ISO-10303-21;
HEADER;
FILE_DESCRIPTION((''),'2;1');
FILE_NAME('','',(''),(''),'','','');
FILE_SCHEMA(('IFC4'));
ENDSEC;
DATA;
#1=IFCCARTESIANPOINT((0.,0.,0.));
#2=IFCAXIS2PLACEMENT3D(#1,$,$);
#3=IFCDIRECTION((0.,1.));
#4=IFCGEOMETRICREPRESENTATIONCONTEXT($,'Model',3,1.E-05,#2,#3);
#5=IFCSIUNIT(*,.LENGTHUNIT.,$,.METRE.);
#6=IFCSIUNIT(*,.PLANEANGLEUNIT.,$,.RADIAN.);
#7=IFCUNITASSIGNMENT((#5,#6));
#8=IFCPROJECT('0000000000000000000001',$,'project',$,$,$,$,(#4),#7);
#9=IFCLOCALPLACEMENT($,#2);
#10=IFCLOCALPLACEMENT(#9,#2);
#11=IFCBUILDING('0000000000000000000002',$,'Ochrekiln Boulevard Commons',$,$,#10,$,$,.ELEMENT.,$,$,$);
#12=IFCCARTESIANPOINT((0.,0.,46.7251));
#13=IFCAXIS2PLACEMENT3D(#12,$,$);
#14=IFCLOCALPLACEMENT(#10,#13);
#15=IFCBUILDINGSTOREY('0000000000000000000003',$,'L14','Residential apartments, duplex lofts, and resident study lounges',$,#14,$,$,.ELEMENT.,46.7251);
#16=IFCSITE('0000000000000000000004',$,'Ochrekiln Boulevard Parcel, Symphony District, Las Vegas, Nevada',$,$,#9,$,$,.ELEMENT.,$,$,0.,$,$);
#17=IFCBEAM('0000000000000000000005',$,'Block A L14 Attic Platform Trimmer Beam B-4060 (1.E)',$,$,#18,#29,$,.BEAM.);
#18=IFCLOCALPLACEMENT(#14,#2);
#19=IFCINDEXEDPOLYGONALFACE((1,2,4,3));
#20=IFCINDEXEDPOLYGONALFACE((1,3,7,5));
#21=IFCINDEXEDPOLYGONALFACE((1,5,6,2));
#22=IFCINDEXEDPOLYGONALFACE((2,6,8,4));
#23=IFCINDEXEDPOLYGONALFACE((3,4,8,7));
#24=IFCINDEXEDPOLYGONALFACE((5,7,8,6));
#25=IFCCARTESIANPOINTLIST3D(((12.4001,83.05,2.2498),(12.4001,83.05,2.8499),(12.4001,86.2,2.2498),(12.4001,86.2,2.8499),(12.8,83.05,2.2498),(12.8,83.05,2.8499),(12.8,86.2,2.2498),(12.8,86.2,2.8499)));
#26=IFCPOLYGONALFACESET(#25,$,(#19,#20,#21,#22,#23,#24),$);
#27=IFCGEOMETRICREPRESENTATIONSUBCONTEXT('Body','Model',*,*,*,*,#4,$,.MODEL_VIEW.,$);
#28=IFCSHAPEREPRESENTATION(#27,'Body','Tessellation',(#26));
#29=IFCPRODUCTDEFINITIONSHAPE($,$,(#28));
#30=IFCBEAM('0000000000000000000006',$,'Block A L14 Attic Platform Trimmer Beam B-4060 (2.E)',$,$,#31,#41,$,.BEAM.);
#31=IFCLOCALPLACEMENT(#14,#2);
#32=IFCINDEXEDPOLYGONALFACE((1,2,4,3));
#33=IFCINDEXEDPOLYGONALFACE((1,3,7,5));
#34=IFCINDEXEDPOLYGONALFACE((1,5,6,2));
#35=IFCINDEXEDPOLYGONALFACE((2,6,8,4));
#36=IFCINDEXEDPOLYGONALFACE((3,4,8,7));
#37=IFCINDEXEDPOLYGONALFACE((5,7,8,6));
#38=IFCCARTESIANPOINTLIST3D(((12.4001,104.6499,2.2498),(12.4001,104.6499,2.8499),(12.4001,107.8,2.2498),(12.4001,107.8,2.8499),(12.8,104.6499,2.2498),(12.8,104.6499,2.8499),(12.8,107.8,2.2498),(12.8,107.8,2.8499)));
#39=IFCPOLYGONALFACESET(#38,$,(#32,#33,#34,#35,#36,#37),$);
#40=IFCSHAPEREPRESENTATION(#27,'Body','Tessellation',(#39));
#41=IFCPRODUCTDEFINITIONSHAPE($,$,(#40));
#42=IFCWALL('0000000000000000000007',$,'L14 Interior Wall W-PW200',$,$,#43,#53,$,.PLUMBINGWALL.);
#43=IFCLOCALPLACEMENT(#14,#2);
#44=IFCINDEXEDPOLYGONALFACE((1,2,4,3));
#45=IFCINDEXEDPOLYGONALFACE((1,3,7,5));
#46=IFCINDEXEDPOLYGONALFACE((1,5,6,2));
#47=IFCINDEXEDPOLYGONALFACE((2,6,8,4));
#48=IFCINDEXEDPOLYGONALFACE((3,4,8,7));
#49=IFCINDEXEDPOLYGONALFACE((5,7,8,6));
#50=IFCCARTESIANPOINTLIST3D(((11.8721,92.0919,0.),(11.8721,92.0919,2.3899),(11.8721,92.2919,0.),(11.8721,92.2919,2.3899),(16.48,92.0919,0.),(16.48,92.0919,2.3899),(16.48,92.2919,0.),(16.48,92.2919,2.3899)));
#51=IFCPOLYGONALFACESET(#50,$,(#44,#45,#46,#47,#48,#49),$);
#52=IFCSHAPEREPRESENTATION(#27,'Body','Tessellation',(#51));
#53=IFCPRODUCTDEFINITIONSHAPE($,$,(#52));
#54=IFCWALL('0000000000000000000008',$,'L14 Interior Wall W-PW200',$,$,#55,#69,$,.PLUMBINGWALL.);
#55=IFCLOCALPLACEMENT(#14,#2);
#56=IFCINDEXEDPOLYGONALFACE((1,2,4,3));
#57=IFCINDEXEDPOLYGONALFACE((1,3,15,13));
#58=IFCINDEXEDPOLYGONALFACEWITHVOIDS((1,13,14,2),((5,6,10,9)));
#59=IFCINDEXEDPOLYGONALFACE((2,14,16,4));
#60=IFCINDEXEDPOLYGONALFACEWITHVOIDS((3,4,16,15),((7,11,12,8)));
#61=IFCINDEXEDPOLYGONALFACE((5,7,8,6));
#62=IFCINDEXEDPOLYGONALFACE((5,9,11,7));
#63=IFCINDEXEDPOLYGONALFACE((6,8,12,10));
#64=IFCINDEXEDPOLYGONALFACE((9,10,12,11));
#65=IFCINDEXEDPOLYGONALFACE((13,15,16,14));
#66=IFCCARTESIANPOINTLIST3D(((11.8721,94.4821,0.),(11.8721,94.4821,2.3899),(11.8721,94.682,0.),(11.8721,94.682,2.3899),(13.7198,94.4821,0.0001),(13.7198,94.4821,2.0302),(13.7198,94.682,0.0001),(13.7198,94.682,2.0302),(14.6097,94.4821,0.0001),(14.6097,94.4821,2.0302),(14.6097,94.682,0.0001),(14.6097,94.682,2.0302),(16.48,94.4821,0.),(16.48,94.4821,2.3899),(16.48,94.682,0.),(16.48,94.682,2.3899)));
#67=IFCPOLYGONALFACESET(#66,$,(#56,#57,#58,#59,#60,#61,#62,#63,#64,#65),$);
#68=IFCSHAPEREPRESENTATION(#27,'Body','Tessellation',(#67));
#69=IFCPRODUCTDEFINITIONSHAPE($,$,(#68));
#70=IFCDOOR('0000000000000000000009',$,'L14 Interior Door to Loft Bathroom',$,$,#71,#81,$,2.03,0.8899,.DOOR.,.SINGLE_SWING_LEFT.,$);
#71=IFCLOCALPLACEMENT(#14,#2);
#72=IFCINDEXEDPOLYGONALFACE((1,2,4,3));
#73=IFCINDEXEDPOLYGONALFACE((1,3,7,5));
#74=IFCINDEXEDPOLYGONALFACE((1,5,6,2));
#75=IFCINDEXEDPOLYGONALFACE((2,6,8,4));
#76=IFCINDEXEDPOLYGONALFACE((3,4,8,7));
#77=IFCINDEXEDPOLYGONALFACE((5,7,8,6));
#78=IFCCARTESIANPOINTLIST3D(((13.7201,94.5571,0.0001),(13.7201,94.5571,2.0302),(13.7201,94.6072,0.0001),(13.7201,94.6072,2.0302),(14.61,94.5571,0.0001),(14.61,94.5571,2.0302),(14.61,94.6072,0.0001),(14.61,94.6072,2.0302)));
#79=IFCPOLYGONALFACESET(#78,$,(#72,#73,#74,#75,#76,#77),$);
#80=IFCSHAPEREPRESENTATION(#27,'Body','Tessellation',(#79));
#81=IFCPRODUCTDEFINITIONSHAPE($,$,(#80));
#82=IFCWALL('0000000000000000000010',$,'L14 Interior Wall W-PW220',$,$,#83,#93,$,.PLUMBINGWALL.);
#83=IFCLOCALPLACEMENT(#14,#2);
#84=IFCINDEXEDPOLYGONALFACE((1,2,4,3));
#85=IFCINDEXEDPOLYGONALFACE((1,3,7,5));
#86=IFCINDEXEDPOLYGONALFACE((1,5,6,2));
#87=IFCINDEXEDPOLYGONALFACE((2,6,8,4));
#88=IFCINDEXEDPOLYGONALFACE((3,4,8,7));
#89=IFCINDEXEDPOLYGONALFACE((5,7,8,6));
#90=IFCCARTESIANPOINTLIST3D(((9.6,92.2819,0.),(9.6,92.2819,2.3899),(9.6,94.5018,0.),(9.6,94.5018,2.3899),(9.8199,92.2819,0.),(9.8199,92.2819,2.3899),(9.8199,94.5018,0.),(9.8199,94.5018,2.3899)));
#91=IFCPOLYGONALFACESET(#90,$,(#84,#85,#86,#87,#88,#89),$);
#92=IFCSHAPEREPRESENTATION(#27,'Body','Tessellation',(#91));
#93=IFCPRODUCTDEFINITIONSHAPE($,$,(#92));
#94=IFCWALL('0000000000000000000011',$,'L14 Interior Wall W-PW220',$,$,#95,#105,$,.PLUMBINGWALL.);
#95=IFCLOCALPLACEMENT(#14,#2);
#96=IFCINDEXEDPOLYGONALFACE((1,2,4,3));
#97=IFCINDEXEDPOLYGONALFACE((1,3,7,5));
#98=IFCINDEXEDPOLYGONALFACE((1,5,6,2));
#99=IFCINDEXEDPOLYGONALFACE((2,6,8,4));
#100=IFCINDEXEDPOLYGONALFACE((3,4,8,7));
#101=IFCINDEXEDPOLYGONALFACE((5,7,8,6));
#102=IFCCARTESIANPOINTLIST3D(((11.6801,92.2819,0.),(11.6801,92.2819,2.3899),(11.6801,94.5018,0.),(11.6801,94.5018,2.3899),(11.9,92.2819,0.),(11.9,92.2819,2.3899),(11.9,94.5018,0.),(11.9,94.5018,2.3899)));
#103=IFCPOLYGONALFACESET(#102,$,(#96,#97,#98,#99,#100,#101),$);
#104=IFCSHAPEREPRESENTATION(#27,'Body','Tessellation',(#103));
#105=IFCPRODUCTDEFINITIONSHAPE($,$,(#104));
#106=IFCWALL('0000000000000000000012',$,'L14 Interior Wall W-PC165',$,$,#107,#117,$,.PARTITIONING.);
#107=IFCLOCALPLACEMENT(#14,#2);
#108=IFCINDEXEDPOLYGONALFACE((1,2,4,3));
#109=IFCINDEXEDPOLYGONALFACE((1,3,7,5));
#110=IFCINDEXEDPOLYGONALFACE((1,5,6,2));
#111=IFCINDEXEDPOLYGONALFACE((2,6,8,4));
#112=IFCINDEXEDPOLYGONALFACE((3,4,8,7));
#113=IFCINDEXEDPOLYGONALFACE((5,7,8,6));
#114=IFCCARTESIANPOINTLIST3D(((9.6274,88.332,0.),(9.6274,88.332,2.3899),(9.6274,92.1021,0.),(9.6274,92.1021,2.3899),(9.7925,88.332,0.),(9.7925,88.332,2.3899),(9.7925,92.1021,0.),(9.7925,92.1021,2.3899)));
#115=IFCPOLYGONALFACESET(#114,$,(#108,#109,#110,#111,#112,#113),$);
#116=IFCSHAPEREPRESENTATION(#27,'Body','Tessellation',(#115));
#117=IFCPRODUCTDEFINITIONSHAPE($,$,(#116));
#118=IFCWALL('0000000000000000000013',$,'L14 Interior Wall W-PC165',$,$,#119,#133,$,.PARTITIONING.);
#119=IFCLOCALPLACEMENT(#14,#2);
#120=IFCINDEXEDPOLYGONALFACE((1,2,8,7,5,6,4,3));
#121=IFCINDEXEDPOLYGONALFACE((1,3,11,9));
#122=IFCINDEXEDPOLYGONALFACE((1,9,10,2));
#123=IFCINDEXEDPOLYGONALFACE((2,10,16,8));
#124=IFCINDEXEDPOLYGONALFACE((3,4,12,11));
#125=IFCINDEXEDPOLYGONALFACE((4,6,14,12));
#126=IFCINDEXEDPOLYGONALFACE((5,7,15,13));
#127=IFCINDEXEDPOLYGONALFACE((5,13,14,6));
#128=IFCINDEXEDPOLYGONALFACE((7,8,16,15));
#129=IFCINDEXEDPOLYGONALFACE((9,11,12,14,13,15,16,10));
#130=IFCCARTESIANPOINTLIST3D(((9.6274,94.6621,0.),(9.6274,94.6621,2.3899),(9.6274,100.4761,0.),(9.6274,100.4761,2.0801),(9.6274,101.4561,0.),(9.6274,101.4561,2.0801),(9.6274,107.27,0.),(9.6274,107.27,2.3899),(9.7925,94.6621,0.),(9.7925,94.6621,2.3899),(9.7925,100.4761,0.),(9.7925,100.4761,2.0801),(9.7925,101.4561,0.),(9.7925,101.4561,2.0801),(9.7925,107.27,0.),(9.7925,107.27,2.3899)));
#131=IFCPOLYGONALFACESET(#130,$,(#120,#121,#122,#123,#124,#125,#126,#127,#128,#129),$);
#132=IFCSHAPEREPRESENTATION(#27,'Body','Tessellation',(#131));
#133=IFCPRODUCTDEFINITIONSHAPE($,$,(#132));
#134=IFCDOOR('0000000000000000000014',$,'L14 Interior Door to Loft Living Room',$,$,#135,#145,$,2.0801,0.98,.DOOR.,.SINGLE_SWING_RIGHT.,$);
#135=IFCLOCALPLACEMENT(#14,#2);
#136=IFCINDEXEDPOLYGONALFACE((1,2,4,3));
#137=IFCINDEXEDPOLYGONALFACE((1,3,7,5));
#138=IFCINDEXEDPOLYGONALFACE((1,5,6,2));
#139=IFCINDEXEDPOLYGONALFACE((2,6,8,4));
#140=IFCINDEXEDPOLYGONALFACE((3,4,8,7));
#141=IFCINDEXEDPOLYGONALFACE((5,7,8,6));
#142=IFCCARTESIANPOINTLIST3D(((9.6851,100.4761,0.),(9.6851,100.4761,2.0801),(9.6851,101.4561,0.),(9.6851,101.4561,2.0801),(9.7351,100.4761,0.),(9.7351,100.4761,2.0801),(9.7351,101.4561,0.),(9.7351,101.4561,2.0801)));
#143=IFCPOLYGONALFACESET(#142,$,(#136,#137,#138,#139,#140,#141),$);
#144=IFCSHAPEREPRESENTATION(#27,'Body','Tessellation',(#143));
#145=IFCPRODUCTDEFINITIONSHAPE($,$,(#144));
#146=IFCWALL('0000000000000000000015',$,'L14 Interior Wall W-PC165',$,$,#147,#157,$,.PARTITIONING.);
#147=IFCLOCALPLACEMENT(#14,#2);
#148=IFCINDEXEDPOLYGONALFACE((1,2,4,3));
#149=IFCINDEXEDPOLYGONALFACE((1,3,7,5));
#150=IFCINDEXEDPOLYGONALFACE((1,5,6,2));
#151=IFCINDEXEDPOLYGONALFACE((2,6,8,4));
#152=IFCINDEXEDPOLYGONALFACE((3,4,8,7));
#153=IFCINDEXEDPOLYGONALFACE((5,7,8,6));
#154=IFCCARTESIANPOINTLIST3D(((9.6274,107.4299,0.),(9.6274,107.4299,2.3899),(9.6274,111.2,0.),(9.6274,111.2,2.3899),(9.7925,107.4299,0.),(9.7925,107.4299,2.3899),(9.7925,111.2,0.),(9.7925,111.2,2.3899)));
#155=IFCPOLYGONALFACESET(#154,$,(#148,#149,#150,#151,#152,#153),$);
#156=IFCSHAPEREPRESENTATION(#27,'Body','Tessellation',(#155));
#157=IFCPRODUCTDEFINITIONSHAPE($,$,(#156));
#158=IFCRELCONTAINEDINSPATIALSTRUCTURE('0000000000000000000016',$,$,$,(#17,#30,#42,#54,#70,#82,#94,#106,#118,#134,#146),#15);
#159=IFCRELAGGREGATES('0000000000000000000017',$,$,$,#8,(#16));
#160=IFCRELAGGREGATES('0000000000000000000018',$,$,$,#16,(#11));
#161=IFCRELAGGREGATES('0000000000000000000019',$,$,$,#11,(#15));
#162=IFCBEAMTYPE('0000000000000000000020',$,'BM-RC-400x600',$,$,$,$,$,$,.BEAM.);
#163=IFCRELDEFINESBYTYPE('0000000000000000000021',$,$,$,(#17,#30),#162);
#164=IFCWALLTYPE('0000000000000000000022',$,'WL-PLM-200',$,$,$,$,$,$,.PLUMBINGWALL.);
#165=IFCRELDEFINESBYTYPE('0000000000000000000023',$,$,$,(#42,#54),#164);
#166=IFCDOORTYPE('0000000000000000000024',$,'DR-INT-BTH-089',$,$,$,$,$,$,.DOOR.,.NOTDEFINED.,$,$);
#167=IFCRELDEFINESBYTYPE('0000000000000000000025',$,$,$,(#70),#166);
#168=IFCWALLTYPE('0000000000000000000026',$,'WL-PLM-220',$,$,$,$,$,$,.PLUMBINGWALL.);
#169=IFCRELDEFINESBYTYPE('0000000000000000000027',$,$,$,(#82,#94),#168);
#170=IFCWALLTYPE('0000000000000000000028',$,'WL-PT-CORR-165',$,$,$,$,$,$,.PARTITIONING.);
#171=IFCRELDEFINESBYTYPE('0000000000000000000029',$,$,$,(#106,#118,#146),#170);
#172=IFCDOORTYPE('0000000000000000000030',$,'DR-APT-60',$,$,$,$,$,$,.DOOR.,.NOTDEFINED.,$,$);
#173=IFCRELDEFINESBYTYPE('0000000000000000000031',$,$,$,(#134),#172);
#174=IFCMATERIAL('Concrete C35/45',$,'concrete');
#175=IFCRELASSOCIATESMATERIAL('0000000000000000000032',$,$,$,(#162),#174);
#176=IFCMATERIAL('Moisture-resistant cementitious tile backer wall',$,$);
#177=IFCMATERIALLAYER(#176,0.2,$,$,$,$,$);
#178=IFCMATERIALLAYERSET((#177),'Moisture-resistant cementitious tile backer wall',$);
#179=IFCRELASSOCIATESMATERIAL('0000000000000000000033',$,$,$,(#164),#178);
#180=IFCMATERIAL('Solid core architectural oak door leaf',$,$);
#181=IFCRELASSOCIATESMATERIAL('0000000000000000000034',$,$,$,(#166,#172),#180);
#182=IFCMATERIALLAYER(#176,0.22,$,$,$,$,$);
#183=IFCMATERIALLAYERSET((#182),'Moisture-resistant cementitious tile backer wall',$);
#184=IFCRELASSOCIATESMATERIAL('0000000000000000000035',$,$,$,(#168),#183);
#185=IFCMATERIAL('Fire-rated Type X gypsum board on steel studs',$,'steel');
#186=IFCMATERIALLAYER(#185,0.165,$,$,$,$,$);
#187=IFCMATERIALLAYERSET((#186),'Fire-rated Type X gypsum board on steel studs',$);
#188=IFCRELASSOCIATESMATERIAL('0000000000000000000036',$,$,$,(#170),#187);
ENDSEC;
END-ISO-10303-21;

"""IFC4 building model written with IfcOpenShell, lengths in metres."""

from ifc_helpers import new_model, si_unit, direction, frame, frame_2d, origin, origin_2d, place, context, subcontext, project, spatial, rectangle, extrude, material, layer, layer_set, material_profile, profile_set, type_object, element, fill, save


model = new_model("IFC4")

# Units and contexts
model_context = context("Model", 3, precision=1e-05, world=origin(), true_north=direction((0.0, 1.0)))
body_context = subcontext(model_context, "Body", "Model", "MODEL_VIEW")
ifc_project = project(units=[si_unit("LENGTHUNIT", "METRE"), si_unit("PLANEANGLEUNIT", "RADIAN")], contexts=[model_context])

# Site, building, storey
site_placement = place(None, origin())
site = spatial("IfcSite", under=ifc_project, at=site_placement, Name="Ochrekiln Boulevard Parcel, Symphony District, Las Vegas, Nevada", CompositionType="ELEMENT", RefElevation=0.0)
building_placement = place(site_placement, origin())
building = spatial("IfcBuilding", under=site, at=building_placement, Name="Ochrekiln Boulevard Commons", CompositionType="ELEMENT")
storey_placement = place(building_placement, frame((0.0, 0.0, 46.7251)))
storey = spatial("IfcBuildingStorey", under=building, at=storey_placement, Name="L14", Description="Residential apartments, duplex lofts, and resident study lounges", CompositionType="ELEMENT", Elevation=46.7251)

# Beams
ifc_material_1 = material(Name="Concrete C35/45", Category="concrete")
ifc_material_profile = material_profile(ifc_material_1, rectangle(XDim=0.3999, YDim=0.6001, at=origin_2d()), Name="RC-BM-400x600")
ifc_profile_set = profile_set([ifc_material_profile], Name="Concrete C35/45")
beam_type = type_object("IfcBeamType", Name="BM-RC-400x600", PredefinedType="BEAM", material=ifc_profile_set)
beam_1_placement = place(storey_placement, frame((12.6001, 83.05, 2.5498), z_axis=(0.0, 1.0, 0.0), x_axis=(-1.0, 0.0, 0.0)))
element("IfcBeam", 1, at=beam_1_placement, inside=storey, type_object=beam_type, Name="Block A L14 Attic Platform Trimmer Beam B-4060 (1.E)", PredefinedType="BEAM", context=body_context, shape_type="SweptSolid", body=[
    extrude(rectangle(XDim=0.3999, YDim=0.6001, at=origin_2d()), origin(), (0.0, 0.0, 1.0), 3.1499),
])
beam_2_placement = place(storey_placement, frame((12.6001, 104.6499, 2.5498), z_axis=(0.0, 1.0, 0.0), x_axis=(-1.0, 0.0, 0.0)))
element("IfcBeam", 2, at=beam_2_placement, inside=storey, type_object=beam_type, Name="Block A L14 Attic Platform Trimmer Beam B-4060 (2.E)", PredefinedType="BEAM", context=body_context, shape_type="SweptSolid", body=[
    extrude(rectangle(XDim=0.3999, YDim=0.6001, at=origin_2d()), origin(), (0.0, 0.0, 1.0), 3.1501),
])

# Wall
ifc_material_2 = material(Name="Moisture-resistant cementitious tile backer wall")
ifc_layer_1 = layer(ifc_material_2, 0.2)
ifc_layer_set_1 = layer_set([ifc_layer_1], Name="Moisture-resistant cementitious tile backer wall")
wall_type_1 = type_object("IfcWallType", Name="WL-PLM-200", PredefinedType="PLUMBINGWALL", material=ifc_layer_set_1)
wall_1_placement = place(storey_placement, frame((11.8721, 92.1919, 0.0), z_axis=(0.0, 0.0, 1.0), x_axis=(1.0, 0.0, 0.0)))
element("IfcWall", 3, at=wall_1_placement, inside=storey, type_object=wall_type_1, Name="L14 Interior Wall W-PW200", PredefinedType="PLUMBINGWALL", context=body_context, shape_type="SweptSolid", body=[
    extrude(rectangle(XDim=4.6079, YDim=0.2, at=frame_2d((2.304, 0.0))), origin(), (0.0, 0.0, 1.0), 2.3899),
])

# Wall, opening, door
wall_2_placement = place(storey_placement, frame((11.8721, 94.582, 0.0), z_axis=(0.0, 0.0, 1.0), x_axis=(1.0, 0.0, 0.0)))
wall_2 = element("IfcWall", 4, at=wall_2_placement, inside=storey, type_object=wall_type_1, Name="L14 Interior Wall W-PW200", PredefinedType="PLUMBINGWALL", context=body_context, shape_type="SweptSolid", body=[
    extrude(rectangle(XDim=4.6079, YDim=0.2, at=frame_2d((2.304, 0.0))), origin(), (0.0, 0.0, 1.0), 2.3899),
])
opening_1_placement = place(wall_2_placement, frame((1.8479, 0.0, 0.0)))
opening_1 = element("IfcOpeningElement", 5, at=opening_1_placement, cuts=wall_2, PredefinedType="OPENING", context=body_context, shape_type="SweptSolid", body=[
    extrude(rectangle(XDim=0.8899, YDim=2.03, at=frame_2d((0.4448, 1.0151))), frame((0.0, 0.1099, 0.0), z_axis=(0.0, -1.0, 0.0), x_axis=(1.0, 0.0, 0.0)), (0.0, 0.0, 1.0), 0.22),
])
ifc_material_3 = material(Name="Solid core architectural oak door leaf")
door_type_1 = type_object("IfcDoorType", Name="DR-INT-BTH-089", OperationType="NOTDEFINED", PredefinedType="DOOR", material=ifc_material_3)
door_1_placement = place(opening_1_placement, frame((0.8899, 0.0, 0.0), z_axis=(0.0, 0.0, 1.0), x_axis=(-1.0, 0.0, 0.0)))
door_1 = element("IfcDoor", 6, at=door_1_placement, inside=storey, type_object=door_type_1, Name="L14 Interior Door to Loft Bathroom", OperationType="SINGLE_SWING_LEFT", OverallHeight=2.03, OverallWidth=0.8899, PredefinedType="DOOR", context=body_context, shape_type="SweptSolid", body=[
    extrude(rectangle(XDim=0.8899, YDim=2.03, at=frame_2d((0.4448, 1.0151))), frame((0.0, 0.0249, 0.0), z_axis=(0.0, -1.0, 0.0), x_axis=(1.0, 0.0, 0.0)), (0.0, 0.0, 1.0), 0.05),
])
fill(opening_1, door_1)

# Walls
ifc_layer_2 = layer(ifc_material_2, 0.22)
ifc_layer_set_2 = layer_set([ifc_layer_2], Name="Moisture-resistant cementitious tile backer wall")
wall_type_2 = type_object("IfcWallType", Name="WL-PLM-220", PredefinedType="PLUMBINGWALL", material=ifc_layer_set_2)
for number, where, z_axis, x_axis, name in (
    (7, (9.71, 92.282, 0.0), (0.0, 0.0, 1.0), (0.0, 1.0, 0.0), "L14 Interior Wall W-PW220"),
    (8, (11.79, 92.282, 0.0), (0.0, 0.0, 1.0), (0.0, 1.0, 0.0), "L14 Interior Wall W-PW220"),
):
    element("IfcWall", number, at=place(storey_placement, frame(where, z_axis=z_axis, x_axis=x_axis)), inside=storey, type_object=wall_type_2, Name=name, PredefinedType="PLUMBINGWALL", context=body_context, shape_type="SweptSolid", body=[
        extrude(rectangle(XDim=2.22, YDim=0.22, at=frame_2d((1.1099, 0.0))), origin(), (0.0, 0.0, 1.0), 2.3899),
    ])
ifc_material_4 = material(Name="Fire-rated Type X gypsum board on steel studs", Category="steel")
ifc_layer_3 = layer(ifc_material_4, 0.165)
ifc_layer_set_3 = layer_set([ifc_layer_3], Name="Fire-rated Type X gypsum board on steel studs")
wall_type_3 = type_object("IfcWallType", Name="WL-PT-CORR-165", PredefinedType="PARTITIONING", material=ifc_layer_set_3)
wall_3_placement = place(storey_placement, frame((9.71, 88.332, 0.0), z_axis=(0.0, 0.0, 1.0), x_axis=(0.0, 1.0, 0.0)))
element("IfcWall", 9, at=wall_3_placement, inside=storey, type_object=wall_type_3, Name="L14 Interior Wall W-PC165", PredefinedType="PARTITIONING", context=body_context, shape_type="SweptSolid", body=[
    extrude(rectangle(XDim=3.77, YDim=0.165, at=frame_2d((1.885, 0.0))), origin(), (0.0, 0.0, 1.0), 2.3899),
])

# Wall, opening, door
wall_4_placement = place(storey_placement, frame((9.71, 94.6621, 0.0), z_axis=(0.0, 0.0, 1.0), x_axis=(0.0, 1.0, 0.0)))
wall_4 = element("IfcWall", 10, at=wall_4_placement, inside=storey, type_object=wall_type_3, Name="L14 Interior Wall W-PC165", PredefinedType="PARTITIONING", context=body_context, shape_type="SweptSolid", body=[
    extrude(rectangle(XDim=12.6079, YDim=0.165, at=frame_2d((6.304, 0.0))), origin(), (0.0, 0.0, 1.0), 2.3899),
])
opening_2_placement = place(wall_4_placement, frame((5.814, 0.0, 0.0)))
opening_2 = element("IfcOpeningElement", 11, at=opening_2_placement, cuts=wall_4, PredefinedType="OPENING", context=body_context, shape_type="SweptSolid", body=[
    extrude(rectangle(XDim=0.98, YDim=2.0801, at=frame_2d((0.49, 1.04))), frame((0.0, 0.0925, 0.0), z_axis=(0.0, -1.0, 0.0), x_axis=(1.0, 0.0, 0.0)), (0.0, 0.0, 1.0), 0.1851),
])
door_type_2 = type_object("IfcDoorType", Name="DR-APT-60", OperationType="NOTDEFINED", PredefinedType="DOOR", material=ifc_material_3)
door_2_placement = place(opening_2_placement, origin())
door_2 = element("IfcDoor", 12, at=door_2_placement, inside=storey, type_object=door_type_2, Name="L14 Interior Door to Loft Living Room", OperationType="SINGLE_SWING_RIGHT", OverallHeight=2.0801, OverallWidth=0.98, PredefinedType="DOOR", context=body_context, shape_type="SweptSolid", body=[
    extrude(rectangle(XDim=0.98, YDim=2.0801, at=frame_2d((0.49, 1.04))), frame((0.0, 0.0249, 0.0), z_axis=(0.0, -1.0, 0.0), x_axis=(1.0, 0.0, 0.0)), (0.0, 0.0, 1.0), 0.05),
])
fill(opening_2, door_2)

# Wall
wall_5_placement = place(storey_placement, frame((9.71, 107.4299, 0.0), z_axis=(0.0, 0.0, 1.0), x_axis=(0.0, 1.0, 0.0)))
element("IfcWall", 13, at=wall_5_placement, inside=storey, type_object=wall_type_3, Name="L14 Interior Wall W-PC165", PredefinedType="PARTITIONING", context=body_context, shape_type="SweptSolid", body=[
    extrude(rectangle(XDim=3.77, YDim=0.165, at=frame_2d((1.885, 0.0))), origin(), (0.0, 0.0, 1.0), 2.3899),
])

save(model, "model.ifc")
